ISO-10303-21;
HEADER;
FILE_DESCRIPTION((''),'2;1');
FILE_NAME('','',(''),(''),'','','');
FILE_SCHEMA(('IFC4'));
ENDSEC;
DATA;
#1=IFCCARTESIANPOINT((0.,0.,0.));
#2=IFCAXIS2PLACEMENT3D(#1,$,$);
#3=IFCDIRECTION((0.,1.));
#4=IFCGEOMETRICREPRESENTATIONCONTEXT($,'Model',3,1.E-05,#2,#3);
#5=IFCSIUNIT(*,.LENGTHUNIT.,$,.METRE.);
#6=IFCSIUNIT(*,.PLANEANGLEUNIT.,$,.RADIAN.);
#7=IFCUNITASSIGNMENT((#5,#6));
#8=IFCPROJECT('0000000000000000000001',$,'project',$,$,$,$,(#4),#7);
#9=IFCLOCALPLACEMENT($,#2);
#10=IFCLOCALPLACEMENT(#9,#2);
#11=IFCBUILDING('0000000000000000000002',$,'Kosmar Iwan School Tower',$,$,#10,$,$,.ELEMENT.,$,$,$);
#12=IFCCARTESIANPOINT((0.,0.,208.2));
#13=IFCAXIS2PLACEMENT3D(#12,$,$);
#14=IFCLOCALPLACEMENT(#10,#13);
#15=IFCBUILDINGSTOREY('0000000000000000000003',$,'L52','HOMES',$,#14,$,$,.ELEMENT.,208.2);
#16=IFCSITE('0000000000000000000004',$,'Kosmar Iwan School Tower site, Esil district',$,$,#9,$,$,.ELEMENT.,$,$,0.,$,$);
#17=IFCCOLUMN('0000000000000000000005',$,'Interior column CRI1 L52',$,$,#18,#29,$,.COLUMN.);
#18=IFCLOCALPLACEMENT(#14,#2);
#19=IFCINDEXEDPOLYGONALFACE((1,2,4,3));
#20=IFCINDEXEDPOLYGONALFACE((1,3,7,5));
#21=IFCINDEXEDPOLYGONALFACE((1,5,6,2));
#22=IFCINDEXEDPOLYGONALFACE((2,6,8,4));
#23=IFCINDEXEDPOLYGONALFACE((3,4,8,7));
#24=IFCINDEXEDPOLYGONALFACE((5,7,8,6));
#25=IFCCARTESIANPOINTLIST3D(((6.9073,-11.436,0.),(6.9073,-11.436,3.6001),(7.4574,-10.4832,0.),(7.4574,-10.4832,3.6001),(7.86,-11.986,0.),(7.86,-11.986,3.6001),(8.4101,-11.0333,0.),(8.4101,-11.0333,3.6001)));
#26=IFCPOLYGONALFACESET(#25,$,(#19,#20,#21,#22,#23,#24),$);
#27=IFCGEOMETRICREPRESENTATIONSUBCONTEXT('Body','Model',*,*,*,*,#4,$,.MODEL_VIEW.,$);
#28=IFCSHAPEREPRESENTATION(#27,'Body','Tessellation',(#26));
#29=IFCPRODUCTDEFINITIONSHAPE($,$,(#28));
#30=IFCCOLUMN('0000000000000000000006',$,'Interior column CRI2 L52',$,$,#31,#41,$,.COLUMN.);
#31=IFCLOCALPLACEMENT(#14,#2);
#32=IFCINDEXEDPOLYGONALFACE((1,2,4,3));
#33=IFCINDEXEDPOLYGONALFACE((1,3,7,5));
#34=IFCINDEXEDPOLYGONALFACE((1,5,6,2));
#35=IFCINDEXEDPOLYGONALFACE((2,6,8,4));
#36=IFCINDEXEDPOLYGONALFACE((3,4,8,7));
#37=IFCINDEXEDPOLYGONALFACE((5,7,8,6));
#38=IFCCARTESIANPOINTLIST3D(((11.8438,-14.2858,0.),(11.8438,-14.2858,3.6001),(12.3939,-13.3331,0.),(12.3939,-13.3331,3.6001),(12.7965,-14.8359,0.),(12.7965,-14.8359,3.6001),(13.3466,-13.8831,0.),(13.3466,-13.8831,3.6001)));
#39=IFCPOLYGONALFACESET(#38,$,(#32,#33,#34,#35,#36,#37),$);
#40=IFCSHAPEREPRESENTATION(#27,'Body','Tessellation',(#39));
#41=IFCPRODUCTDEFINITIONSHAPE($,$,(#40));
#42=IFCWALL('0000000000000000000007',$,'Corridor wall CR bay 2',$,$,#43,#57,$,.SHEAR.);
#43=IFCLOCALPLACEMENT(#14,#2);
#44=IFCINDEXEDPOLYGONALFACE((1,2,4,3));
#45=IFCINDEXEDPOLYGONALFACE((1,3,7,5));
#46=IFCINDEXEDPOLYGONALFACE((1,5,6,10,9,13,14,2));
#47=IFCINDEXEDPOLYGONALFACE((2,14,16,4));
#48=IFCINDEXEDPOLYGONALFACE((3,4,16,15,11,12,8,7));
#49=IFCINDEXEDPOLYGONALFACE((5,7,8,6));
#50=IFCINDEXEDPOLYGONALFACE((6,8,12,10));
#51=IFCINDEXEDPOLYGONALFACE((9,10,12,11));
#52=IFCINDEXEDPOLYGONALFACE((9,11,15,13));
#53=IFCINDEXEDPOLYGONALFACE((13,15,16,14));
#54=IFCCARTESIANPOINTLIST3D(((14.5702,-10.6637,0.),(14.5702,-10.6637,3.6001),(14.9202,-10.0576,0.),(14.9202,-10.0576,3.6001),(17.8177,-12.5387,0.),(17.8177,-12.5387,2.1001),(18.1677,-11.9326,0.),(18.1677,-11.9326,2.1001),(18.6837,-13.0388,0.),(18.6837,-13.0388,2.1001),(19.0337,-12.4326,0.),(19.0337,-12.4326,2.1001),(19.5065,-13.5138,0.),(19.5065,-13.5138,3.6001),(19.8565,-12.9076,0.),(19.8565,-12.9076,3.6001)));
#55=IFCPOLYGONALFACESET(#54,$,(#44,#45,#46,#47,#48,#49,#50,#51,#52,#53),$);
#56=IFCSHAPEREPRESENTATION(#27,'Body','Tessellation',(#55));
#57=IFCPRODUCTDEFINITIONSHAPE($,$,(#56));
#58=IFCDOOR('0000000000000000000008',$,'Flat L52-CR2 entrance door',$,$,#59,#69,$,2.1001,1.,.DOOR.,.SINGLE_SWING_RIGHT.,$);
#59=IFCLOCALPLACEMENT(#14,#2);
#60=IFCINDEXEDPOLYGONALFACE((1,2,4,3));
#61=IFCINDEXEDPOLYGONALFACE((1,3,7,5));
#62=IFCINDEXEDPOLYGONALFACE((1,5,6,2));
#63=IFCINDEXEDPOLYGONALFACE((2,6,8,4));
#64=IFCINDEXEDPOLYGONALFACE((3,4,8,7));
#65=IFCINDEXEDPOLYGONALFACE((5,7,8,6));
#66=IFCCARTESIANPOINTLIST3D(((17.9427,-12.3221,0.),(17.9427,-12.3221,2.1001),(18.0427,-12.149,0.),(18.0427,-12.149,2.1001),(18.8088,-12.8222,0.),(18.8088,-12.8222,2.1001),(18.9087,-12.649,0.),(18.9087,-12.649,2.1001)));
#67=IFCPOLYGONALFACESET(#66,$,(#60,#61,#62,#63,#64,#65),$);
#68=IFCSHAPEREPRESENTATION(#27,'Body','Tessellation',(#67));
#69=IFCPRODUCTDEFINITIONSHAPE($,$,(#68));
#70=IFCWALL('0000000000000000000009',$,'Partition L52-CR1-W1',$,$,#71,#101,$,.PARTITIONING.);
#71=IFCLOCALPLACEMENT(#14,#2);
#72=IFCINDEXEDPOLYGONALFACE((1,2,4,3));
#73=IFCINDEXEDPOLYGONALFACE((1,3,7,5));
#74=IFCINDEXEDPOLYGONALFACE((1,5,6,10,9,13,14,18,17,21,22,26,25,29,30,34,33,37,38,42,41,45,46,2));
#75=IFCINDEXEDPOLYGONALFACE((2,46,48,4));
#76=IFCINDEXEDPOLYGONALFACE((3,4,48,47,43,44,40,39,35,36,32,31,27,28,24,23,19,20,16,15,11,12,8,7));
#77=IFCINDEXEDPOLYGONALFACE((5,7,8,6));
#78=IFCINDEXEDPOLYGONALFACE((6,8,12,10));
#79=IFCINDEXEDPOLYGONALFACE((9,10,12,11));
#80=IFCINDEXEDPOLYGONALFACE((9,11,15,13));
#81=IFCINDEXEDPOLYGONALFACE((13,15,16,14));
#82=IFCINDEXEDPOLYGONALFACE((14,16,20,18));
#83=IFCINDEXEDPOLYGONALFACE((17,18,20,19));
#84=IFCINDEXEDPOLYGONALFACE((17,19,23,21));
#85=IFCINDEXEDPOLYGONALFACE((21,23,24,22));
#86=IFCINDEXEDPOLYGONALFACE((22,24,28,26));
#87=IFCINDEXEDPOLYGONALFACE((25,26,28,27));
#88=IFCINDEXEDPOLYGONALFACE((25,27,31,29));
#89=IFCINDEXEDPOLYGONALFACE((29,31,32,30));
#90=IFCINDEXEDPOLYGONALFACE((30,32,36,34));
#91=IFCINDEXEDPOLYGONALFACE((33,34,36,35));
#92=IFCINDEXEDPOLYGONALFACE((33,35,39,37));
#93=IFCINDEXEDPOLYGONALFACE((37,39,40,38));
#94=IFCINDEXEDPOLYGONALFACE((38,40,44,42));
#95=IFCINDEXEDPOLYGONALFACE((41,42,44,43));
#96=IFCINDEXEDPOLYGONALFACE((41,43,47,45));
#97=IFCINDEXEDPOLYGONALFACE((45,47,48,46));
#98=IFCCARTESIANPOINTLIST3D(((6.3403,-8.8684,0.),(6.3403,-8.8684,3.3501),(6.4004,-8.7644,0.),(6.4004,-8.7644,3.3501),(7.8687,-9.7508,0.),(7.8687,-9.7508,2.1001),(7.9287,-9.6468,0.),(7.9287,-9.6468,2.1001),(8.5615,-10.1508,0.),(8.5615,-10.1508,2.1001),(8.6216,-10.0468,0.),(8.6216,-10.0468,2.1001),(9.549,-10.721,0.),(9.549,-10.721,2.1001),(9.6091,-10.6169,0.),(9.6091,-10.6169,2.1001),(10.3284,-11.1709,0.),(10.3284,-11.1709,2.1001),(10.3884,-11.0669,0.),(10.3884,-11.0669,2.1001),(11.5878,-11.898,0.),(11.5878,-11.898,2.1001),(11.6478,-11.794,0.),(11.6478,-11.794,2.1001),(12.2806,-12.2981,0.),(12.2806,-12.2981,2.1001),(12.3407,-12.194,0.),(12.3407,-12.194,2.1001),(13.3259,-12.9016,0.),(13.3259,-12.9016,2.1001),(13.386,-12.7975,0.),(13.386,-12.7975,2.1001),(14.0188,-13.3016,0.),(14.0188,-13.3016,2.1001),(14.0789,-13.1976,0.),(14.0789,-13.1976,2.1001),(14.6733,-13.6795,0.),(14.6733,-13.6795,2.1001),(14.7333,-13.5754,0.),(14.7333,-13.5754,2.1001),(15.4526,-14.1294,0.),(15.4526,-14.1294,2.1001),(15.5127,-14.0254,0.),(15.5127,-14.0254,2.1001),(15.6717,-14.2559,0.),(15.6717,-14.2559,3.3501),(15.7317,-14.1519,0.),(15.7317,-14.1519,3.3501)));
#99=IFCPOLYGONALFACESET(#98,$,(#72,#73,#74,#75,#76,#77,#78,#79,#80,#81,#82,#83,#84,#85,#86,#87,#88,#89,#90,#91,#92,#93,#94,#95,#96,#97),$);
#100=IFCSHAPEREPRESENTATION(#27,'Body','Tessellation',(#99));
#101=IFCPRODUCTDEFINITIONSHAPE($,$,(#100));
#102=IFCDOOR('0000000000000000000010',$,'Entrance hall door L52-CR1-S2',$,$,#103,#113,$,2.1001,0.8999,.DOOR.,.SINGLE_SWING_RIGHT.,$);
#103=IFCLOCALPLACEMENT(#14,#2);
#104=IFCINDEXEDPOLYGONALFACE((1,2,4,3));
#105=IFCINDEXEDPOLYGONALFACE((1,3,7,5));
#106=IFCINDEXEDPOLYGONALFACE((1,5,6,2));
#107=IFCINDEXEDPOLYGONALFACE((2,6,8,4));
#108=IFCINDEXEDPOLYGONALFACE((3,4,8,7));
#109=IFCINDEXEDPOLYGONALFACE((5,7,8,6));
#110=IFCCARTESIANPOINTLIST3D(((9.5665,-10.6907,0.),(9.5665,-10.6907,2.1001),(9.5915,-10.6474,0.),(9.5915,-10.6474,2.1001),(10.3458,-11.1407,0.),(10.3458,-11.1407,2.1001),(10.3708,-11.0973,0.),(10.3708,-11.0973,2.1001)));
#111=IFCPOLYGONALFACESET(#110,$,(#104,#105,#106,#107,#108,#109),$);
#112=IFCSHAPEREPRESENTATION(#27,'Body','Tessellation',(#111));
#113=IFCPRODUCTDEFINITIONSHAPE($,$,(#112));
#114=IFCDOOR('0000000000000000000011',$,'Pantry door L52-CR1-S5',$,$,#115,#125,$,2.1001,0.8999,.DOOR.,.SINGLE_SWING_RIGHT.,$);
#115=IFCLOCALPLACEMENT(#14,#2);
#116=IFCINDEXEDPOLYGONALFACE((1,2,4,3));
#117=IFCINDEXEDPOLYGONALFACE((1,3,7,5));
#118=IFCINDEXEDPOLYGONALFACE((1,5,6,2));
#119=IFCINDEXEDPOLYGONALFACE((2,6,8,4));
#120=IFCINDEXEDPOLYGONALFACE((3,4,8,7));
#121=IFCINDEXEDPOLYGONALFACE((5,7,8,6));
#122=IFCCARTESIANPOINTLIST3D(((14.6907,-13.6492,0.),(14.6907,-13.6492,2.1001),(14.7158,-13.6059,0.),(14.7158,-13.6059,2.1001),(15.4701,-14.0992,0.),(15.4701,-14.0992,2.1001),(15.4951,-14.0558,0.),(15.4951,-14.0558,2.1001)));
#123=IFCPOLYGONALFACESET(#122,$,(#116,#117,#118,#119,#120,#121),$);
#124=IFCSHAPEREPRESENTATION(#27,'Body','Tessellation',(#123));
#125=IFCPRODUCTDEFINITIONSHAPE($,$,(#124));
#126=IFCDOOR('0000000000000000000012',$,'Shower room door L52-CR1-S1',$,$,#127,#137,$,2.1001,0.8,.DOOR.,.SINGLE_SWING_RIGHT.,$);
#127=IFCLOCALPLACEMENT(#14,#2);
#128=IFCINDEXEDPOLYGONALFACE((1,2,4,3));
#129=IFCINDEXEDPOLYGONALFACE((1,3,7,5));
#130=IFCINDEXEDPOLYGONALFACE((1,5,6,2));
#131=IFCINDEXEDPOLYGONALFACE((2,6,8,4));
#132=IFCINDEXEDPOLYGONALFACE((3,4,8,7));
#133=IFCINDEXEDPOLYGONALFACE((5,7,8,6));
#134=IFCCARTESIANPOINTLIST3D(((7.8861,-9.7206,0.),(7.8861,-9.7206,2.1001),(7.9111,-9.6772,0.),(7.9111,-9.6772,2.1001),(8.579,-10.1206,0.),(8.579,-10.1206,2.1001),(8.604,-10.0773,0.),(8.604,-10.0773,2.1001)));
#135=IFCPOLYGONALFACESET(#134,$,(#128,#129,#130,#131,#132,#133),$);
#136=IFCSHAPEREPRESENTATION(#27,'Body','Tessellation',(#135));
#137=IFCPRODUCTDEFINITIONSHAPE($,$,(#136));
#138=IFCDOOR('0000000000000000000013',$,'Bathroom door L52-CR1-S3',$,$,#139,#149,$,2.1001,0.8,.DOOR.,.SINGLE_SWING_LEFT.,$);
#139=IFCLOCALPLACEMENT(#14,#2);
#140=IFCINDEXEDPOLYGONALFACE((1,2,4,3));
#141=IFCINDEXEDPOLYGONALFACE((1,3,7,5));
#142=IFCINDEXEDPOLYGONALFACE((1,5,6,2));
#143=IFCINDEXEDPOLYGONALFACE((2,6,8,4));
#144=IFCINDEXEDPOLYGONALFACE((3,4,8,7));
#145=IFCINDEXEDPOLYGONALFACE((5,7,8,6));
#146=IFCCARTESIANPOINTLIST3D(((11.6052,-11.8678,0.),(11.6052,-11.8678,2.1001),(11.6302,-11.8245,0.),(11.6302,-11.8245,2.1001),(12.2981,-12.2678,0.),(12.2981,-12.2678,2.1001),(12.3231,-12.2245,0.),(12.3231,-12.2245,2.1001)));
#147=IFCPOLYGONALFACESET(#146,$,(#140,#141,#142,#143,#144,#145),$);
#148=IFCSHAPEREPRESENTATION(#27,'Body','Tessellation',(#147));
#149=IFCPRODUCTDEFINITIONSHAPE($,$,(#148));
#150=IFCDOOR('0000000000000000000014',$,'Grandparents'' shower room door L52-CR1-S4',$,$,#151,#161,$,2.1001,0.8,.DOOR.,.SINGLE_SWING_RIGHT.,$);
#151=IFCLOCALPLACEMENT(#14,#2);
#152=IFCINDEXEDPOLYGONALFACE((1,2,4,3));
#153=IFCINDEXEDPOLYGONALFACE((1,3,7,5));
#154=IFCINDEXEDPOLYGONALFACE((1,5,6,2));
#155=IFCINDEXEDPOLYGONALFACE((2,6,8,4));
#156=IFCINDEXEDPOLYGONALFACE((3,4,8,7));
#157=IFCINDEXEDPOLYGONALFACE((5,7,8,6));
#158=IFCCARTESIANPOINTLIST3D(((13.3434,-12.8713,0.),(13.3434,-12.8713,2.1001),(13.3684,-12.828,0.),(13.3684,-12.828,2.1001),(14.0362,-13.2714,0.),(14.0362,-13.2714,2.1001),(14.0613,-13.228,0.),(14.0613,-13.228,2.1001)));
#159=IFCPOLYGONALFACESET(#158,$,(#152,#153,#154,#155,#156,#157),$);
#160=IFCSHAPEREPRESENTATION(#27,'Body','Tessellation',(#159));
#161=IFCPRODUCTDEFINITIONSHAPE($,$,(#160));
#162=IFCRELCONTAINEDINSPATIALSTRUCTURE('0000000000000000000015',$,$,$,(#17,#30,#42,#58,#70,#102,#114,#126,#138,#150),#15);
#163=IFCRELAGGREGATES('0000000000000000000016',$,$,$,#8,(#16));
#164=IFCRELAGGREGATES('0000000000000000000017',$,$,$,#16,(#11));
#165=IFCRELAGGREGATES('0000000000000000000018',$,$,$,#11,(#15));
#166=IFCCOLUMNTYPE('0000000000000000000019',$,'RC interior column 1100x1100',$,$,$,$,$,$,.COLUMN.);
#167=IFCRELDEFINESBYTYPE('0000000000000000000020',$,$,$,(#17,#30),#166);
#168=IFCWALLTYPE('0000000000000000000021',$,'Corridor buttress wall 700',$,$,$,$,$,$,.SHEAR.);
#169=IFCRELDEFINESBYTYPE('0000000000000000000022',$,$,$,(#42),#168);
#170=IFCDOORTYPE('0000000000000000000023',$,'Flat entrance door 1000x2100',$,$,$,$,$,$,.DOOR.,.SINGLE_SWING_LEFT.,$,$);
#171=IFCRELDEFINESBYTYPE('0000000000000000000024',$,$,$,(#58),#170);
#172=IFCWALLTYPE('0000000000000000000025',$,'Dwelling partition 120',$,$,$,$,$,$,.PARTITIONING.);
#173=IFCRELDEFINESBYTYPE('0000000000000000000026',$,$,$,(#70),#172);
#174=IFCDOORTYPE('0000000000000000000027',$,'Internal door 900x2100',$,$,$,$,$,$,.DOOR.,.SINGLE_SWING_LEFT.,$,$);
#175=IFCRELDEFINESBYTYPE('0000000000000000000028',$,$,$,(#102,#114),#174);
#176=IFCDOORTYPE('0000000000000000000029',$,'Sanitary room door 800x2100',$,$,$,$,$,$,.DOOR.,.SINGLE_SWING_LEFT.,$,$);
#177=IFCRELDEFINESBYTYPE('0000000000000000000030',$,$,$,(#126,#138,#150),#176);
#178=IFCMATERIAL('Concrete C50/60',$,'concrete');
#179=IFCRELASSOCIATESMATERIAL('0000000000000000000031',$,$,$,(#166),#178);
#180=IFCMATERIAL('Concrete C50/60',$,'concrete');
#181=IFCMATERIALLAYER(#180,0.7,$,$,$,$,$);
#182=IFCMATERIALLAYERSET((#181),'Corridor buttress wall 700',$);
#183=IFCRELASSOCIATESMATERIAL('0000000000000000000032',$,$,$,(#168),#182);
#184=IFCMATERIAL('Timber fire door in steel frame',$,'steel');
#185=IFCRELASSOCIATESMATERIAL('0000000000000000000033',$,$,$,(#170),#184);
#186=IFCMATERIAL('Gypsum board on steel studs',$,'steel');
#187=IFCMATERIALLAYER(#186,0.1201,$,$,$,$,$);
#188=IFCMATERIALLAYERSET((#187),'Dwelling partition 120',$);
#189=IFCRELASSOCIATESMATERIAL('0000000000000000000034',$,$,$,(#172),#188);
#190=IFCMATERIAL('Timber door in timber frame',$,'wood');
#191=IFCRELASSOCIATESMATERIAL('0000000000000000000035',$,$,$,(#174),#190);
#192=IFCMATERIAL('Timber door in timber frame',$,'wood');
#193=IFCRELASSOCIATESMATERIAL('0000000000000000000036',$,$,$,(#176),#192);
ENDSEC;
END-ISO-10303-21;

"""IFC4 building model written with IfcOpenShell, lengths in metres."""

from ifc_helpers import new_model, si_unit, direction, frame, frame_2d, origin, origin_2d, place, context, subcontext, project, spatial, rectangle, extrude, material, layer, layer_set, material_profile, profile_set, type_object, element, fill, save


model = new_model("IFC4")

# Units and contexts
model_context = context("Model", 3, precision=1e-05, world=origin(), true_north=direction((0.0, 1.0)))
body_context = subcontext(model_context, "Body", "Model", "MODEL_VIEW")
ifc_project = project(units=[si_unit("LENGTHUNIT", "METRE"), si_unit("PLANEANGLEUNIT", "RADIAN")], contexts=[model_context])

# Site, building, storey
site_placement = place(None, origin())
site = spatial("IfcSite", under=ifc_project, at=site_placement, Name="Kosmar Iwan School Tower site, Esil district", CompositionType="ELEMENT", RefElevation=0.0)
building_placement = place(site_placement, origin())
building = spatial("IfcBuilding", under=site, at=building_placement, Name="Kosmar Iwan School Tower", CompositionType="ELEMENT")
storey_placement = place(building_placement, frame((0.0, 0.0, 208.2)))
storey = spatial("IfcBuildingStorey", under=building, at=storey_placement, Name="L52", Description="HOMES", CompositionType="ELEMENT", Elevation=208.2)

# Columns
ifc_material_1 = material(Name="Concrete C50/60", Category="concrete")
ifc_material_profile = material_profile(ifc_material_1, rectangle(XDim=1.1001, YDim=1.1001, at=origin_2d()), Name="RC 1100x1100")
ifc_profile_set = profile_set([ifc_material_profile], Name="Concrete C50/60")
column_type = type_object("IfcColumnType", Name="RC interior column 1100x1100", PredefinedType="COLUMN", material=ifc_profile_set)
for number, where, z_axis, x_axis, name in (
    (1, (7.6587, -11.2346, 0.0), (0.0, 0.0, 1.0), (0.866025, -0.5, 0.0), "Interior column CRI1 L52"),
    (2, (12.5952, -14.0845, 0.0), (0.0, 0.0, 1.0), (0.866025, -0.5, 0.0), "Interior column CRI2 L52"),
):
    element("IfcColumn", number, at=place(storey_placement, frame(where, z_axis=z_axis, x_axis=x_axis)), inside=storey, type_object=column_type, Name=name, PredefinedType="COLUMN", context=body_context, shape_type="SweptSolid", body=[
        extrude(rectangle(XDim=1.1001, YDim=1.1001, at=origin_2d()), origin(), (0.0, 0.0, 1.0), 3.6001),
    ])

# Wall, opening, door
ifc_material_2 = material(Name="Concrete C50/60", Category="concrete")
ifc_layer_1 = layer(ifc_material_2, 0.7)
ifc_layer_set_1 = layer_set([ifc_layer_1], Name="Corridor buttress wall 700")
wall_type_1 = type_object("IfcWallType", Name="Corridor buttress wall 700", PredefinedType="SHEAR", material=ifc_layer_set_1)
wall_1_placement = place(storey_placement, frame((14.7451, -10.3606, 0.0), z_axis=(0.0, 0.0, 1.0), x_axis=(0.866015, -0.500018, 0.0)))
wall_1 = element("IfcWall", 3, at=wall_1_placement, inside=storey, type_object=wall_type_1, Name="Corridor wall CR bay 2", PredefinedType="SHEAR", context=body_context, shape_type="SweptSolid", body=[
    extrude(rectangle(XDim=5.7, YDim=0.7, at=frame_2d((2.8501, 0.0))), origin(), (0.0, 0.0, 1.0), 3.6001),
])
opening_1_placement = place(wall_1_placement, frame((3.75, 0.0, 0.0)))
opening_1 = element("IfcOpeningElement", 4, at=opening_1_placement, cuts=wall_1, PredefinedType="OPENING", context=body_context, shape_type="SweptSolid", body=[
    extrude(rectangle(XDim=1.0, YDim=2.1001, at=frame_2d((0.5, 1.05))), frame((0.0, 0.3621, 0.0), z_axis=(0.0, -1.0, 0.0), x_axis=(1.0, 0.0, 0.0)), (0.0, 0.0, 1.0), 0.7239),
])
ifc_material_3 = material(Name="Timber fire door in steel frame", Category="steel")
door_type_1 = type_object("IfcDoorType", Name="Flat entrance door 1000x2100", OperationType="SINGLE_SWING_LEFT", PredefinedType="DOOR", material=ifc_material_3)
door_1_placement = place(opening_1_placement, origin())
door_1 = element("IfcDoor", 5, at=door_1_placement, inside=storey, type_object=door_type_1, Name="Flat L52-CR2 entrance door", OperationType="SINGLE_SWING_RIGHT", OverallHeight=2.1001, OverallWidth=1.0, PredefinedType="DOOR", context=body_context, shape_type="SweptSolid", body=[
    extrude(rectangle(XDim=1.0, YDim=2.1001, at=frame_2d((0.5, 1.05))), frame((0.0, 0.1001, 0.0), z_axis=(0.0, -1.0, 0.0), x_axis=(1.0, 0.0, 0.0)), (0.0, 0.0, 1.0), 0.2),
])
fill(opening_1, door_1)

# Wall, openings, doors
ifc_material_4 = material(Name="Gypsum board on steel studs", Category="steel")
ifc_layer_2 = layer(ifc_material_4, 0.1201)
ifc_layer_set_2 = layer_set([ifc_layer_2], Name="Dwelling partition 120")
wall_type_2 = type_object("IfcWallType", Name="Dwelling partition 120", PredefinedType="PARTITIONING", material=ifc_layer_set_2)
wall_2_placement = place(storey_placement, frame((6.3704, -8.8164, 0.0), z_axis=(0.0, 0.0, 1.0), x_axis=(0.866024, -0.500002, 0.0)))
wall_2 = element("IfcWall", 6, at=wall_2_placement, inside=storey, type_object=wall_type_2, Name="Partition L52-CR1-W1", PredefinedType="PARTITIONING", context=body_context, shape_type="SweptSolid", body=[
    extrude(rectangle(XDim=10.7749, YDim=0.1201, at=frame_2d((5.3875, 0.0))), origin(), (0.0, 0.0, 1.0), 3.3501),
])
opening_2_placement = place(wall_2_placement, frame((1.7649, 0.0, 0.0)))
opening_2 = element("IfcOpeningElement", 7, at=opening_2_placement, cuts=wall_2, PredefinedType="OPENING", context=body_context, shape_type="SweptSolid", body=[
    extrude(rectangle(XDim=0.8, YDim=2.1001, at=frame_2d((0.3999, 1.05))), frame((0.0, 0.072, 0.0), z_axis=(0.0, -1.0, 0.0), x_axis=(1.0, 0.0, 0.0)), (0.0, 0.0, 1.0), 0.144),
])
opening_3_placement = place(wall_2_placement, frame((3.7051, 0.0, 0.0)))
opening_3 = element("IfcOpeningElement", 8, at=opening_3_placement, cuts=wall_2, PredefinedType="OPENING", context=body_context, shape_type="SweptSolid", body=[
    extrude(rectangle(XDim=0.8999, YDim=2.1001, at=frame_2d((0.45, 1.05))), frame((0.0, 0.072, 0.0), z_axis=(0.0, -1.0, 0.0), x_axis=(1.0, 0.0, 0.0)), (0.0, 0.0, 1.0), 0.144),
])
opening_4_placement = place(wall_2_placement, frame((6.0593, 0.0, 0.0)))
opening_4 = element("IfcOpeningElement", 9, at=opening_4_placement, cuts=wall_2, PredefinedType="OPENING", context=body_context, shape_type="SweptSolid", body=[
    extrude(rectangle(XDim=0.8, YDim=2.1001, at=frame_2d((0.3999, 1.05))), frame((0.0, 0.072, 0.0), z_axis=(0.0, -1.0, 0.0), x_axis=(1.0, 0.0, 0.0)), (0.0, 0.0, 1.0), 0.144),
])
opening_5_placement = place(wall_2_placement, frame((8.0664, 0.0, 0.0)))
opening_5 = element("IfcOpeningElement", 10, at=opening_5_placement, cuts=wall_2, PredefinedType="OPENING", context=body_context, shape_type="SweptSolid", body=[
    extrude(rectangle(XDim=0.8, YDim=2.1001, at=frame_2d((0.3999, 1.05))), frame((0.0, 0.072, 0.0), z_axis=(0.0, -1.0, 0.0), x_axis=(1.0, 0.0, 0.0)), (0.0, 0.0, 1.0), 0.144),
])
opening_6_placement = place(wall_2_placement, frame((9.6221, 0.0, 0.0)))
opening_6 = element("IfcOpeningElement", 11, at=opening_6_placement, cuts=wall_2, PredefinedType="OPENING", context=body_context, shape_type="SweptSolid", body=[
    extrude(rectangle(XDim=0.8999, YDim=2.1001, at=frame_2d((0.45, 1.05))), frame((0.0, 0.072, 0.0), z_axis=(0.0, -1.0, 0.0), x_axis=(1.0, 0.0, 0.0)), (0.0, 0.0, 1.0), 0.144),
])
ifc_material_5 = material(Name="Timber door in timber frame", Category="wood")
door_type_2 = type_object("IfcDoorType", Name="Internal door 900x2100", OperationType="SINGLE_SWING_LEFT", PredefinedType="DOOR", material=ifc_material_5)
door_2_placement = place(opening_3_placement, origin())
door_2 = element("IfcDoor", 12, at=door_2_placement, inside=storey, type_object=door_type_2, Name="Entrance hall door L52-CR1-S2", OperationType="SINGLE_SWING_RIGHT", OverallHeight=2.1001, OverallWidth=0.8999, PredefinedType="DOOR", context=body_context, shape_type="SweptSolid", body=[
    extrude(rectangle(XDim=0.8999, YDim=2.1001, at=frame_2d((0.45, 1.05))), frame((0.0, 0.0249, 0.0), z_axis=(0.0, -1.0, 0.0), x_axis=(1.0, 0.0, 0.0)), (0.0, 0.0, 1.0), 0.05),
])
fill(opening_3, door_2)
door_3_placement = place(opening_6_placement, origin())
door_3 = element("IfcDoor", 13, at=door_3_placement, inside=storey, type_object=door_type_2, Name="Pantry door L52-CR1-S5", OperationType="SINGLE_SWING_RIGHT", OverallHeight=2.1001, OverallWidth=0.8999, PredefinedType="DOOR", context=body_context, shape_type="SweptSolid", body=[
    extrude(rectangle(XDim=0.8999, YDim=2.1001, at=frame_2d((0.45, 1.05))), frame((0.0, 0.0249, 0.0), z_axis=(0.0, -1.0, 0.0), x_axis=(1.0, 0.0, 0.0)), (0.0, 0.0, 1.0), 0.05),
])
fill(opening_6, door_3)
ifc_material_6 = material(Name="Timber door in timber frame", Category="wood")
door_type_3 = type_object("IfcDoorType", Name="Sanitary room door 800x2100", OperationType="SINGLE_SWING_LEFT", PredefinedType="DOOR", material=ifc_material_6)
door_4_placement = place(opening_2_placement, origin())
door_4 = element("IfcDoor", 14, at=door_4_placement, inside=storey, type_object=door_type_3, Name="Shower room door L52-CR1-S1", OperationType="SINGLE_SWING_RIGHT", OverallHeight=2.1001, OverallWidth=0.8, PredefinedType="DOOR", context=body_context, shape_type="SweptSolid", body=[
    extrude(rectangle(XDim=0.8, YDim=2.1001, at=frame_2d((0.3999, 1.05))), frame((0.0, 0.0249, 0.0), z_axis=(0.0, -1.0, 0.0), x_axis=(1.0, 0.0, 0.0)), (0.0, 0.0, 1.0), 0.05),
])
fill(opening_2, door_4)
door_5_placement = place(opening_4_placement, origin())
door_5 = element("IfcDoor", 15, at=door_5_placement, inside=storey, type_object=door_type_3, Name="Bathroom door L52-CR1-S3", OperationType="SINGLE_SWING_LEFT", OverallHeight=2.1001, OverallWidth=0.8, PredefinedType="DOOR", context=body_context, shape_type="SweptSolid", body=[
    extrude(rectangle(XDim=0.8, YDim=2.1001, at=frame_2d((0.3999, 1.05))), frame((0.0, 0.0249, 0.0), z_axis=(0.0, -1.0, 0.0), x_axis=(1.0, 0.0, 0.0)), (0.0, 0.0, 1.0), 0.05),
])
fill(opening_4, door_5)
door_6_placement = place(opening_5_placement, origin())
door_6 = element("IfcDoor", 16, at=door_6_placement, inside=storey, type_object=door_type_3, Name="Grandparents' shower room door L52-CR1-S4", OperationType="SINGLE_SWING_RIGHT", OverallHeight=2.1001, OverallWidth=0.8, PredefinedType="DOOR", context=body_context, shape_type="SweptSolid", body=[
    extrude(rectangle(XDim=0.8, YDim=2.1001, at=frame_2d((0.3999, 1.05))), frame((0.0, 0.0249, 0.0), z_axis=(0.0, -1.0, 0.0), x_axis=(1.0, 0.0, 0.0)), (0.0, 0.0, 1.0), 0.05),
])
fill(opening_5, door_6)

save(model, "model.ifc")
